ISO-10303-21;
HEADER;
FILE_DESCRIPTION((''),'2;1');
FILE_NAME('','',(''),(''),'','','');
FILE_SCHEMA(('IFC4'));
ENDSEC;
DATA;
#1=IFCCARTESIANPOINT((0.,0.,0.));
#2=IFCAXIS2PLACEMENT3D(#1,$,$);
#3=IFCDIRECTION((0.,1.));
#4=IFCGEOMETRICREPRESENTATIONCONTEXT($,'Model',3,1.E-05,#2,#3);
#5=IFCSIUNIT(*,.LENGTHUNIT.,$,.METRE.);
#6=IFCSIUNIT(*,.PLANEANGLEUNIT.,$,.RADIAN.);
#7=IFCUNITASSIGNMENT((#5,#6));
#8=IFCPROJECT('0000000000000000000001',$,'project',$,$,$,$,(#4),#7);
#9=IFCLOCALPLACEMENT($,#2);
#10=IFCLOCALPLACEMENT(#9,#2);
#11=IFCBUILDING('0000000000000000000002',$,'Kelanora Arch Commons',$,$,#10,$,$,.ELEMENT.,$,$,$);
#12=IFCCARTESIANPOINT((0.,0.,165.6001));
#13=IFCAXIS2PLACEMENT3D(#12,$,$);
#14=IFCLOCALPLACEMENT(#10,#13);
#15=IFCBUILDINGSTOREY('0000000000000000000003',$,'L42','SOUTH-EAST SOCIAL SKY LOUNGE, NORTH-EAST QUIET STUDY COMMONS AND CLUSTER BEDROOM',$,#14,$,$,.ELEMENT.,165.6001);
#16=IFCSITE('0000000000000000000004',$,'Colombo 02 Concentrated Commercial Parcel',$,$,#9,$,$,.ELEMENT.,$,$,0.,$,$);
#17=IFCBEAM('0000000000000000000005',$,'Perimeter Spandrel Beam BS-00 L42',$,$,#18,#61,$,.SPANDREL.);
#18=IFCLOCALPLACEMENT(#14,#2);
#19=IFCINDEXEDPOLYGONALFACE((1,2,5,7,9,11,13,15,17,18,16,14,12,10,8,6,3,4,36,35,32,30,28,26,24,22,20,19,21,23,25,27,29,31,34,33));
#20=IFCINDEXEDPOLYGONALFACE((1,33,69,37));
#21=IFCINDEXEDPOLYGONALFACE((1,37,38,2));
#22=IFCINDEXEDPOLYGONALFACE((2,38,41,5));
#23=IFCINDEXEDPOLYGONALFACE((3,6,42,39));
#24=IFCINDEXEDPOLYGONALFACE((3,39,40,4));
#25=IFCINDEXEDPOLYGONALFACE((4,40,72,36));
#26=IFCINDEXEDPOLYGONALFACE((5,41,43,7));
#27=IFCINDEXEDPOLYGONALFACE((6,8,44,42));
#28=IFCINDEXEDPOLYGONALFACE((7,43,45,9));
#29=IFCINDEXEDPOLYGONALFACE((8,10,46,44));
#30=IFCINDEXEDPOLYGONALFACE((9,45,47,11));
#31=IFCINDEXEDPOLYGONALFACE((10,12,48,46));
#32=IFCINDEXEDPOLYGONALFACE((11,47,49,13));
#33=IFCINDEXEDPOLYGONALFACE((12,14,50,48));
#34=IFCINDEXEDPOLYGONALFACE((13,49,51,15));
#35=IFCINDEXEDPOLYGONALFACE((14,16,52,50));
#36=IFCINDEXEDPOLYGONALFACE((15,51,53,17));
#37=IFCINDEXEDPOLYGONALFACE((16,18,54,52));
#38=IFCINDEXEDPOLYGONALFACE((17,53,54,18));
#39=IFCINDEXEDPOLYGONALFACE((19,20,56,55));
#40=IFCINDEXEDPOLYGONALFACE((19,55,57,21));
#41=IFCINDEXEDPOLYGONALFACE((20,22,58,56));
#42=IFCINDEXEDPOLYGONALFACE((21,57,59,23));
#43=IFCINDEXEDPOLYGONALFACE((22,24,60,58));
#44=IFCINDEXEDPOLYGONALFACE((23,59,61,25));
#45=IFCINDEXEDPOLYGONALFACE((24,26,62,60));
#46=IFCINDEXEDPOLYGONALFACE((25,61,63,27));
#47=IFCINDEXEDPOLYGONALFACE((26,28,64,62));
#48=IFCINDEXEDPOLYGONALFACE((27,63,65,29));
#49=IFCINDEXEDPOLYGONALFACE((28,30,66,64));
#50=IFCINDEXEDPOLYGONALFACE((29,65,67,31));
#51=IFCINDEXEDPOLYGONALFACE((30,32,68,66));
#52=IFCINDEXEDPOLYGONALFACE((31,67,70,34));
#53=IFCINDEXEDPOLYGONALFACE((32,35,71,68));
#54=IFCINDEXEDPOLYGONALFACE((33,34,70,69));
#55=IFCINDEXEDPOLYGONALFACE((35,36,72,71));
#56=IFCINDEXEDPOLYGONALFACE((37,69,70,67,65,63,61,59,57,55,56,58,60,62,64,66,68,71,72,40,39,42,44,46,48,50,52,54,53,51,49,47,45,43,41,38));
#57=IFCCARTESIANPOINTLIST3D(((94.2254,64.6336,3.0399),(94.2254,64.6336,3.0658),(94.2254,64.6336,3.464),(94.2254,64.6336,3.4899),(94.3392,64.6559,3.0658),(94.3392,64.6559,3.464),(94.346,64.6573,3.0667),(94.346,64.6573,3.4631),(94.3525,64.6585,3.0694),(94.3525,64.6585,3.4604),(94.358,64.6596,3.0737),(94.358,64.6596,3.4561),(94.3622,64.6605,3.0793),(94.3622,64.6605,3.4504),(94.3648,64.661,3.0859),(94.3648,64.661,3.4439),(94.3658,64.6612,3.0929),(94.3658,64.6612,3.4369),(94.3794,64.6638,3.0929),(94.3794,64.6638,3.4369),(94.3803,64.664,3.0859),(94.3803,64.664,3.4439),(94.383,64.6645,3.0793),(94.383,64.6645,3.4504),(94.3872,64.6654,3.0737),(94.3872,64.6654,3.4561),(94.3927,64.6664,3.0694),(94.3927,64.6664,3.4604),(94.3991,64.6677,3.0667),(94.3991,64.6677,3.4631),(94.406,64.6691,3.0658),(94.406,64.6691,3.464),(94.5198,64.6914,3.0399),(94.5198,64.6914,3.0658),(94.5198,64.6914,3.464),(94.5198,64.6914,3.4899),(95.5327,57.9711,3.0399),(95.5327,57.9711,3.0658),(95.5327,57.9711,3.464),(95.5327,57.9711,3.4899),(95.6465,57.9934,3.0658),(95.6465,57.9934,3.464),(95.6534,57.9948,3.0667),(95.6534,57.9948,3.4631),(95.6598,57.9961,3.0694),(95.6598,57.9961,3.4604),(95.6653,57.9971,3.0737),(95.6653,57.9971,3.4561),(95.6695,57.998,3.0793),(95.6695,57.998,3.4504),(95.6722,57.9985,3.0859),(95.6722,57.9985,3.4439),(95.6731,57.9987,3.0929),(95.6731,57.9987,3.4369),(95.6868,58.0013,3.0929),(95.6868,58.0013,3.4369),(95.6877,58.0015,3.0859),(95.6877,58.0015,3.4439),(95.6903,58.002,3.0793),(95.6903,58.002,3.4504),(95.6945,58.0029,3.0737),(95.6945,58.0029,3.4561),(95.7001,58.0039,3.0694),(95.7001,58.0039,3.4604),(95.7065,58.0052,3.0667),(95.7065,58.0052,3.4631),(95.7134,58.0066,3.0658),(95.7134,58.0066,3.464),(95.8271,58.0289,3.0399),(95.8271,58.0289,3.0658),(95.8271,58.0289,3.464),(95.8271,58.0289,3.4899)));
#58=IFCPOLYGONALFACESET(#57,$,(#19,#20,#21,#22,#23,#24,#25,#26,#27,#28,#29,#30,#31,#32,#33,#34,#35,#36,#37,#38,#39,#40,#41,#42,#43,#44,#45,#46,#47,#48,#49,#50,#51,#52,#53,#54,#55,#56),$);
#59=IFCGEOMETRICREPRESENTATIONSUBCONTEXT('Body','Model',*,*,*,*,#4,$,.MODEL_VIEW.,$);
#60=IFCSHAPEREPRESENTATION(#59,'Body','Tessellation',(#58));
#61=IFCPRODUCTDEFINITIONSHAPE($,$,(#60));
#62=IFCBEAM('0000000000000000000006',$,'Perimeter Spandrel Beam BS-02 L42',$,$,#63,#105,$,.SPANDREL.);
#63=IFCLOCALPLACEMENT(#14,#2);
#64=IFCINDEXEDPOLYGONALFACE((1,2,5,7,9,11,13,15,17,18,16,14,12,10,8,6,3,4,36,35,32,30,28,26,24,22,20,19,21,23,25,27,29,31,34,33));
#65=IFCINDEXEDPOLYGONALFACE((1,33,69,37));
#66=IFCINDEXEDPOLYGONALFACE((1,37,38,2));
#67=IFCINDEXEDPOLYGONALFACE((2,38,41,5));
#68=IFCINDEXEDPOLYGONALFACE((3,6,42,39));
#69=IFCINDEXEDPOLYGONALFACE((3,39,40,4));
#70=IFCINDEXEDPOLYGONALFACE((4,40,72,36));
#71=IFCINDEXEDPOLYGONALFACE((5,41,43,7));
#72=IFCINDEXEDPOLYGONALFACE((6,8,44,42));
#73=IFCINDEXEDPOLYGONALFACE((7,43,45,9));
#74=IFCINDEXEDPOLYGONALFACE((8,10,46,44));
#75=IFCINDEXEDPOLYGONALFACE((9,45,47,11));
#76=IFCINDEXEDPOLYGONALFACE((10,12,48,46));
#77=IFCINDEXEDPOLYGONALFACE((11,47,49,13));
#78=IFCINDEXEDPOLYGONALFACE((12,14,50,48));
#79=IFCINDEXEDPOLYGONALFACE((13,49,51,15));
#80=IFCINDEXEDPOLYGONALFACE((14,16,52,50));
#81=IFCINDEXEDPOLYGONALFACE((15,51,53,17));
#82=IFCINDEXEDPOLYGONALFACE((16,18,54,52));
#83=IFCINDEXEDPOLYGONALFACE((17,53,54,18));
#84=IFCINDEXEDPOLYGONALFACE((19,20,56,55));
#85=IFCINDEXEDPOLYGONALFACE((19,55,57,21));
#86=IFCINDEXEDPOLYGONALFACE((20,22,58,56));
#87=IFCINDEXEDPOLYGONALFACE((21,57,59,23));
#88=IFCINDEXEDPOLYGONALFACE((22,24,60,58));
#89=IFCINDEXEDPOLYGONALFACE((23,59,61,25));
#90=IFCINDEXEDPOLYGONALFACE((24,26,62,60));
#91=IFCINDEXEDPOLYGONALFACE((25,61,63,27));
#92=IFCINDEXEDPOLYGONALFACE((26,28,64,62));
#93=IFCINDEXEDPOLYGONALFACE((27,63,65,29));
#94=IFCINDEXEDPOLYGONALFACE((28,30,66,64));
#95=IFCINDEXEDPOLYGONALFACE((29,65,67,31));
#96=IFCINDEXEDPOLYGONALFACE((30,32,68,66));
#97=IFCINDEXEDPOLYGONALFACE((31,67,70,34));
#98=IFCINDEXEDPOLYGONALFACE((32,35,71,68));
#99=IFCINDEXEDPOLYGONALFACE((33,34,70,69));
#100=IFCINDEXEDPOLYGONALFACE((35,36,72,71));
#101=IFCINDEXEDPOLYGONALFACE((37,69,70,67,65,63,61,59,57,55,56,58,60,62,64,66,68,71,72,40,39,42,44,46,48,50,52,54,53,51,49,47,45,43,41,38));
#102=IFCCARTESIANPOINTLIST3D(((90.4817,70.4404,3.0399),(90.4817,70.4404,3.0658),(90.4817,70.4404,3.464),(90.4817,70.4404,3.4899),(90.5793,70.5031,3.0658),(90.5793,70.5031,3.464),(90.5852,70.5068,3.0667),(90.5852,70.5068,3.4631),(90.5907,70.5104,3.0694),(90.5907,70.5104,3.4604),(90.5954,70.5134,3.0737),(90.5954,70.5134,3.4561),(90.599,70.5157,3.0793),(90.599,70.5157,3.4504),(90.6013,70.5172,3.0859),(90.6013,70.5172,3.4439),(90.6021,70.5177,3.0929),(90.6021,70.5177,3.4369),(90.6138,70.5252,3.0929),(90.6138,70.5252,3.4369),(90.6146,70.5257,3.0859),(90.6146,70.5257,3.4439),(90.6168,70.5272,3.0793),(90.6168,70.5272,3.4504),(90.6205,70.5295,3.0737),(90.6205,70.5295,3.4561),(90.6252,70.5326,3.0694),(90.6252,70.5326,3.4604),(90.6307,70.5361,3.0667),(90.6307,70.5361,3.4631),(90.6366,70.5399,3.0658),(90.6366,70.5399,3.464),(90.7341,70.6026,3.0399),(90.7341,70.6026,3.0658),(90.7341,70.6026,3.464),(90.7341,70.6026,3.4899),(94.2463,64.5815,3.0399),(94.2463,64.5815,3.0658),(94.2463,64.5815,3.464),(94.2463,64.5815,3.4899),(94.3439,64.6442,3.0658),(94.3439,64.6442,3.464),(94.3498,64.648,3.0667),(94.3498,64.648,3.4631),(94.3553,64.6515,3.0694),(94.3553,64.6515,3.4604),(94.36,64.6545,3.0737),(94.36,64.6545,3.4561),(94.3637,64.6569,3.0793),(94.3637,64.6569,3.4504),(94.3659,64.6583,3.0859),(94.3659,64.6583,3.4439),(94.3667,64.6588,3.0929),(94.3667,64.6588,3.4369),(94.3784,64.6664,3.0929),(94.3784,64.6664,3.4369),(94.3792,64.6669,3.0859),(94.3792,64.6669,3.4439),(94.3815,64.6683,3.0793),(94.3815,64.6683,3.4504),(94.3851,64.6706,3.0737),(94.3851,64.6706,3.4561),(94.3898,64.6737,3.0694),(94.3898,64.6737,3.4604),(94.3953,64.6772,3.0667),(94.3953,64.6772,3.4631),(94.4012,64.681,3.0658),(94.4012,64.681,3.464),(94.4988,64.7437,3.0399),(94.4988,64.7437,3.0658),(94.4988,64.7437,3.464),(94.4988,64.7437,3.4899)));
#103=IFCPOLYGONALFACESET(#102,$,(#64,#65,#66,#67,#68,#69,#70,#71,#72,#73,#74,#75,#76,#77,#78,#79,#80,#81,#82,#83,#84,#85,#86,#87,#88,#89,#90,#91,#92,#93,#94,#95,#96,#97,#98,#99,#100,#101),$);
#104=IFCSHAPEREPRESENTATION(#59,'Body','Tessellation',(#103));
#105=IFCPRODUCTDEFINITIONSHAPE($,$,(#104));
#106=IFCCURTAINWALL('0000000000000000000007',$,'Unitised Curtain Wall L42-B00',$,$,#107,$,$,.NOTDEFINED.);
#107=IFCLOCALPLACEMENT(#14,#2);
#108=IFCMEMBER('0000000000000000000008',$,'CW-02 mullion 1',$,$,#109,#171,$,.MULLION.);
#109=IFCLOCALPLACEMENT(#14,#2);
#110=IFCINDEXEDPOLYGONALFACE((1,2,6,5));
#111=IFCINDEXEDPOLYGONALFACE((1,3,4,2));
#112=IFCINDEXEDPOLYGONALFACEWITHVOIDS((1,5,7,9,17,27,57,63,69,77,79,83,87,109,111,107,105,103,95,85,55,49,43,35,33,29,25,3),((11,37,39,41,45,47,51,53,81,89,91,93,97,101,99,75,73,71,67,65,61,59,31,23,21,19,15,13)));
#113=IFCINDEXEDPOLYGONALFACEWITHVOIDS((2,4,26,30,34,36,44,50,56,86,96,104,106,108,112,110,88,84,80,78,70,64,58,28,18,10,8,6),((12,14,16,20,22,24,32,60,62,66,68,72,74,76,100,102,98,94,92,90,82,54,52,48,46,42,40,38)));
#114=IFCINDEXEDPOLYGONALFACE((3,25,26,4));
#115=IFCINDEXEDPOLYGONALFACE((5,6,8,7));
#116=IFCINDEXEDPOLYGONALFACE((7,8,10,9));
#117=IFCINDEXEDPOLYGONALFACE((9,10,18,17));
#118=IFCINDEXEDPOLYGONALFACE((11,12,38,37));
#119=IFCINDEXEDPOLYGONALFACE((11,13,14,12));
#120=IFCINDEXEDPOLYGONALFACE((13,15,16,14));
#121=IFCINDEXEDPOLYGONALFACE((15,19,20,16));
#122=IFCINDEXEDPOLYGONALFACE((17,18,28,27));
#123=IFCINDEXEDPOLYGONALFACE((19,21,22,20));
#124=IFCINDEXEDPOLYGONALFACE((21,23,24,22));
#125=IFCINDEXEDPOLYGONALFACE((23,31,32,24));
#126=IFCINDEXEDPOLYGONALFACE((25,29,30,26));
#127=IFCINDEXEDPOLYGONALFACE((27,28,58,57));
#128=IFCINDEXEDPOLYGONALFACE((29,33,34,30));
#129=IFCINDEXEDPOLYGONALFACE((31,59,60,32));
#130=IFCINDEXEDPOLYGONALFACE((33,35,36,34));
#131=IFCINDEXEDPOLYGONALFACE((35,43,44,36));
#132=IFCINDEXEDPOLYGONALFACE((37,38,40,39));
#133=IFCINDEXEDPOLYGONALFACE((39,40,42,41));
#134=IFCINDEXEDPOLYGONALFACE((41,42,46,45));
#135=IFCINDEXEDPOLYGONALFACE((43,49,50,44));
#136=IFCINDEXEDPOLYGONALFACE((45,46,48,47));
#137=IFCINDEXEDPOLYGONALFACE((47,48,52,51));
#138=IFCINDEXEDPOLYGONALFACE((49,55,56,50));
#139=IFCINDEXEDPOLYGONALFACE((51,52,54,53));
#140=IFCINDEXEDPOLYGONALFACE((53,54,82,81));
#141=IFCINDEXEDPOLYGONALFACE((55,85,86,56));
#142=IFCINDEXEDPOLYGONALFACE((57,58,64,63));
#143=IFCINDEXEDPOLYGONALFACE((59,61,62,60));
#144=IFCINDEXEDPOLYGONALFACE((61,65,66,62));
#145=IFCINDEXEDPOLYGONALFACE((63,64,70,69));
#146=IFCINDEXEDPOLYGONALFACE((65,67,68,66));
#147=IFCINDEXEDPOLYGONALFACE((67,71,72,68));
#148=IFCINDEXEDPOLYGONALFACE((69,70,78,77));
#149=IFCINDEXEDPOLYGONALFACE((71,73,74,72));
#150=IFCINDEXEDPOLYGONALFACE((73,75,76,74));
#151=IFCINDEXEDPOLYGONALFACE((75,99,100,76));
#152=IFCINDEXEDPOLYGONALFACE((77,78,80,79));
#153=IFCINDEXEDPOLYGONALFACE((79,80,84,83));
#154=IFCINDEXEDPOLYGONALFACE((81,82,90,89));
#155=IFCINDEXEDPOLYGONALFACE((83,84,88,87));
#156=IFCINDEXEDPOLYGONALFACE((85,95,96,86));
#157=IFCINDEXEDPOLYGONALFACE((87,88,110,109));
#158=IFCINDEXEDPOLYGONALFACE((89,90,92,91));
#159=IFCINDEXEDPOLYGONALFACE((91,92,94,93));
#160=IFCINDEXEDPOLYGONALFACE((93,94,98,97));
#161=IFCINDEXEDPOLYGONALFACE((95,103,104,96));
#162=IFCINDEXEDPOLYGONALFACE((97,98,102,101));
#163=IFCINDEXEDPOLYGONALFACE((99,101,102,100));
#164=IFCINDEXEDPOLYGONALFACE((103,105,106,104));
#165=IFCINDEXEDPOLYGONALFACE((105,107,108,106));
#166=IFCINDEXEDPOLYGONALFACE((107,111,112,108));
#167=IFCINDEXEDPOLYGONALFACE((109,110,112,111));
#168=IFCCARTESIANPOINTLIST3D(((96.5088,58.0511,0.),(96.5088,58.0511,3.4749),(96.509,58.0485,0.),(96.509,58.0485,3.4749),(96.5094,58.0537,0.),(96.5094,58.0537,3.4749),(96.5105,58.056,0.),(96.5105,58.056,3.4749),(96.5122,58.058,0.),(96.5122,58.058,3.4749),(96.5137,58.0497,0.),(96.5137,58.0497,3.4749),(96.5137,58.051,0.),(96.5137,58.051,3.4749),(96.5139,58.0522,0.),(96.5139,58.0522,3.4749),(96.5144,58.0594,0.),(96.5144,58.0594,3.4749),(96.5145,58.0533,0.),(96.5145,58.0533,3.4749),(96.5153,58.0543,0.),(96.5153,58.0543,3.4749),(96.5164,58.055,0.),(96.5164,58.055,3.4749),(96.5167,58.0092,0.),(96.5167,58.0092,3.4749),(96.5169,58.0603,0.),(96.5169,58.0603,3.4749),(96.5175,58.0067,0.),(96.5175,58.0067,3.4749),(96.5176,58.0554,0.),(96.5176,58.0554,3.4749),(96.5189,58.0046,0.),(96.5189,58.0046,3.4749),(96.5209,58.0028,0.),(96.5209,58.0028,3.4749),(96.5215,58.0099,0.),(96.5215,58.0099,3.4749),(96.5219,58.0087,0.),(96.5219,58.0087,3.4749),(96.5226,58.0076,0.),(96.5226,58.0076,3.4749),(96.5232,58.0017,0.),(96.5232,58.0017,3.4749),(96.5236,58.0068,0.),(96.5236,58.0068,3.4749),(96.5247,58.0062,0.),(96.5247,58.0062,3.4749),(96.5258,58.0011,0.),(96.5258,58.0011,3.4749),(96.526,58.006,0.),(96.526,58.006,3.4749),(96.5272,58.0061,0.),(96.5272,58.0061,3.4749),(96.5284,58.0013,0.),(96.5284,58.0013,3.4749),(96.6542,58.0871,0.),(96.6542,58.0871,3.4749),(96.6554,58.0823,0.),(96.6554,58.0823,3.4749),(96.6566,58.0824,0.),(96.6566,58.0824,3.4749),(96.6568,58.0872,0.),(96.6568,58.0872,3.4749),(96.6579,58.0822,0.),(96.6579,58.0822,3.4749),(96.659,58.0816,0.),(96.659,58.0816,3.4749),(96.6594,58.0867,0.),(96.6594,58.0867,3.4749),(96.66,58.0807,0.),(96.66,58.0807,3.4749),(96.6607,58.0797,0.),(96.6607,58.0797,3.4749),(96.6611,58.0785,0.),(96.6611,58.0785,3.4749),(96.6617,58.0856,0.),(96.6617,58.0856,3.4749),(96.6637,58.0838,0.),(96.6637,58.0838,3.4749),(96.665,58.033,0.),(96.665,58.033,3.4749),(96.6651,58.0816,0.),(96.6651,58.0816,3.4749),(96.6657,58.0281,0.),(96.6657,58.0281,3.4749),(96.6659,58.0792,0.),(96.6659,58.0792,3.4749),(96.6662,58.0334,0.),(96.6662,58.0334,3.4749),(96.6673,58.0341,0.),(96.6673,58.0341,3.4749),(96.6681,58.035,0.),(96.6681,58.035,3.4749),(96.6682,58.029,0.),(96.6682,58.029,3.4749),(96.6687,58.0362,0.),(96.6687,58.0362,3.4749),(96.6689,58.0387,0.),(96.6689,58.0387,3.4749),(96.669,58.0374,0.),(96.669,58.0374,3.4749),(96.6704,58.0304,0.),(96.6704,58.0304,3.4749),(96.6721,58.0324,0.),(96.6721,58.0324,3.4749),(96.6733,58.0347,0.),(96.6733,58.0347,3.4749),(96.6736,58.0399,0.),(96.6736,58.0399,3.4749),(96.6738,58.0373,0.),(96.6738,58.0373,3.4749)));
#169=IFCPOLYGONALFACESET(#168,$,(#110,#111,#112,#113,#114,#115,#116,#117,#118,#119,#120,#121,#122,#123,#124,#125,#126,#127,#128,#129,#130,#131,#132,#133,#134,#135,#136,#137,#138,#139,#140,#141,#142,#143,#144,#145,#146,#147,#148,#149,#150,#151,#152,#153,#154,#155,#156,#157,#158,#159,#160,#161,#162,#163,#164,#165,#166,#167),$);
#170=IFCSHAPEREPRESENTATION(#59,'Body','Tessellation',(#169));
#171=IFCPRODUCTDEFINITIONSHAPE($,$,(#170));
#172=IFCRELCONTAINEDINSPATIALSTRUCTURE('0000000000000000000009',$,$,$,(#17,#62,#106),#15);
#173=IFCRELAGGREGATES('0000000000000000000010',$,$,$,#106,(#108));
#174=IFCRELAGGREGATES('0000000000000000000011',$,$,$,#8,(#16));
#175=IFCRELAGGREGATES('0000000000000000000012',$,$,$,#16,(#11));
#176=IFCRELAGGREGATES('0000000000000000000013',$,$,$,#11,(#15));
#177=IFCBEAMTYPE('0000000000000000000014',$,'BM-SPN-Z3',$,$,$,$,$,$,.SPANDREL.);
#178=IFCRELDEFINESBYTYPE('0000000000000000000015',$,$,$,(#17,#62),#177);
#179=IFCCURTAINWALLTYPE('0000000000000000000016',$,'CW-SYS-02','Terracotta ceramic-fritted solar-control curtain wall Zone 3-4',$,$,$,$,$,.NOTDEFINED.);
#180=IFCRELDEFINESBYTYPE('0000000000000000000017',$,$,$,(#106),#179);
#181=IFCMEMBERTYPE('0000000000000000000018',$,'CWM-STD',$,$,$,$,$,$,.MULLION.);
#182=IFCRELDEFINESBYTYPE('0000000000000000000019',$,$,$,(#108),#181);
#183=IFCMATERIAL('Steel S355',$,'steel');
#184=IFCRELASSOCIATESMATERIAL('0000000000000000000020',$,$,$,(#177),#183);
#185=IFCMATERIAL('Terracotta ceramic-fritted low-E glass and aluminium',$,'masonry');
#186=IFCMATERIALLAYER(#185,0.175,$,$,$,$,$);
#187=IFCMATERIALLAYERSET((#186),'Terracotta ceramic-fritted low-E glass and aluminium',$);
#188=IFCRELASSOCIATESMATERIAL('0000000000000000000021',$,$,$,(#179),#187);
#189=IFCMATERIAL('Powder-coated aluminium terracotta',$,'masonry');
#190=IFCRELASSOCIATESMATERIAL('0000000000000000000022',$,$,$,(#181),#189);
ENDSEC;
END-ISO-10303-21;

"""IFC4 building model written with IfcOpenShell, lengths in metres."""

from ifc_helpers import new_model, si_unit, direction, frame, origin, origin_2d, place, context, subcontext, project, spatial, hollow_rectangle, i_section, extrude, material, layer, layer_set, material_profile, profile_set, type_object, element, aggregate, save


model = new_model("IFC4")

# Units and contexts
model_context = context("Model", 3, precision=1e-05, world=origin(), true_north=direction((0.0, 1.0)))
body_context = subcontext(model_context, "Body", "Model", "MODEL_VIEW")
ifc_project = project(units=[si_unit("LENGTHUNIT", "METRE"), si_unit("PLANEANGLEUNIT", "RADIAN")], contexts=[model_context])

# Site, building, storey
site_placement = place(None, origin())
site = spatial("IfcSite", under=ifc_project, at=site_placement, Name="Colombo 02 Concentrated Commercial Parcel", CompositionType="ELEMENT", RefElevation=0.0)
building_placement = place(site_placement, origin())
building = spatial("IfcBuilding", under=site, at=building_placement, Name="Kelanora Arch Commons", CompositionType="ELEMENT")
storey_placement = place(building_placement, frame((0.0, 0.0, 165.6001)))
storey = spatial("IfcBuildingStorey", under=building, at=storey_placement, Name="L42", Description="SOUTH-EAST SOCIAL SKY LOUNGE, NORTH-EAST QUIET STUDY COMMONS AND CLUSTER BEDROOM", CompositionType="ELEMENT", Elevation=165.6001)

# Beams
ifc_material_1 = material(Name="Steel S355", Category="steel")
ifc_material_profile_1 = material_profile(ifc_material_1, i_section(OverallWidth=0.3, OverallDepth=0.45, WebThickness=0.0139, FlangeThickness=0.0259, FilletRadius=0.0271, at=origin_2d()), Name="HEB450")
ifc_profile_set_1 = profile_set([ifc_material_profile_1], Name="Steel S355")
beam_type_1 = type_object("IfcBeamType", Name="BM-SPN-Z3", PredefinedType="SPANDREL", material=ifc_profile_set_1)
beam_1_placement = place(storey_placement, frame((95.6799, 58.0, 3.2649), z_axis=(-0.192554, 0.981286, 0.0), x_axis=(-0.981286, -0.192554, 0.0)))
element("IfcBeam", 1, at=beam_1_placement, inside=storey, type_object=beam_type_1, Name="Perimeter Spandrel Beam BS-00 L42", PredefinedType="SPANDREL", context=body_context, shape_type="SweptSolid", body=[
    extrude(i_section(OverallWidth=0.3, OverallDepth=0.45, WebThickness=0.0139, FlangeThickness=0.0259, FilletRadius=0.0271, at=origin_2d()), origin(), (0.0, 0.0, 1.0), 6.7896),
])
beam_2_placement = place(storey_placement, frame((94.3726, 64.6626, 3.2649), z_axis=(-0.540577, 0.841295, 0.0), x_axis=(-0.841295, -0.540577, 0.0)))
element("IfcBeam", 2, at=beam_2_placement, inside=storey, type_object=beam_type_1, Name="Perimeter Spandrel Beam BS-02 L42", PredefinedType="SPANDREL", context=body_context, shape_type="SweptSolid", body=[
    extrude(i_section(OverallWidth=0.3, OverallDepth=0.45, WebThickness=0.0139, FlangeThickness=0.0259, FilletRadius=0.0271, at=origin_2d()), origin(), (0.0, 0.0, 1.0), 6.9641),
])

# Curtain wall, member
ifc_material_2 = material(Name="Terracotta ceramic-fritted low-E glass and aluminium", Category="masonry")
ifc_layer_1 = layer(ifc_material_2, 0.175)
ifc_layer_set_1 = layer_set([ifc_layer_1], Name="Terracotta ceramic-fritted low-E glass and aluminium")
curtain_wall_type = type_object("IfcCurtainWallType", Name="CW-SYS-02", Description="Terracotta ceramic-fritted solar-control curtain wall Zone 3-4", PredefinedType="NOTDEFINED", material=ifc_layer_set_1)
curtain_wall_placement = place(storey_placement, origin())
curtain_wall = element("IfcCurtainWall", 3, at=curtain_wall_placement, inside=storey, type_object=curtain_wall_type, Name="Unitised Curtain Wall L42-B00", PredefinedType="NOTDEFINED")
ifc_material_3 = material(Name="Powder-coated aluminium terracotta", Category="masonry")
ifc_material_profile_2 = material_profile(ifc_material_3, hollow_rectangle(XDim=0.1599, YDim=0.0601, WallThickness=0.0049, InnerFilletRadius=0.0049, OuterFilletRadius=0.01, at=origin_2d()), Name="CWM160x60")
ifc_profile_set_2 = profile_set([ifc_material_profile_2], Name="Powder-coated aluminium terracotta")
member_type_1 = type_object("IfcMemberType", Name="CWM-STD", PredefinedType="MULLION", material=ifc_profile_set_2)
member_1_placement = place(storey_placement, frame((96.5913, 58.0442, 0.0), z_axis=(0.0, 0.0, 1.0), x_axis=(-0.981453, -0.191705, 0.0)))
member_1 = element("IfcMember", 4, at=member_1_placement, type_object=member_type_1, Name="CW-02 mullion 1", PredefinedType="MULLION", context=body_context, shape_type="SweptSolid", body=[
    extrude(hollow_rectangle(XDim=0.1599, YDim=0.0601, WallThickness=0.0049, InnerFilletRadius=0.0049, OuterFilletRadius=0.01, at=origin_2d()), origin(), (0.0, 0.0, 1.0), 3.4749),
])
aggregate(curtain_wall, [member_1])

save(model, "model.ifc")
